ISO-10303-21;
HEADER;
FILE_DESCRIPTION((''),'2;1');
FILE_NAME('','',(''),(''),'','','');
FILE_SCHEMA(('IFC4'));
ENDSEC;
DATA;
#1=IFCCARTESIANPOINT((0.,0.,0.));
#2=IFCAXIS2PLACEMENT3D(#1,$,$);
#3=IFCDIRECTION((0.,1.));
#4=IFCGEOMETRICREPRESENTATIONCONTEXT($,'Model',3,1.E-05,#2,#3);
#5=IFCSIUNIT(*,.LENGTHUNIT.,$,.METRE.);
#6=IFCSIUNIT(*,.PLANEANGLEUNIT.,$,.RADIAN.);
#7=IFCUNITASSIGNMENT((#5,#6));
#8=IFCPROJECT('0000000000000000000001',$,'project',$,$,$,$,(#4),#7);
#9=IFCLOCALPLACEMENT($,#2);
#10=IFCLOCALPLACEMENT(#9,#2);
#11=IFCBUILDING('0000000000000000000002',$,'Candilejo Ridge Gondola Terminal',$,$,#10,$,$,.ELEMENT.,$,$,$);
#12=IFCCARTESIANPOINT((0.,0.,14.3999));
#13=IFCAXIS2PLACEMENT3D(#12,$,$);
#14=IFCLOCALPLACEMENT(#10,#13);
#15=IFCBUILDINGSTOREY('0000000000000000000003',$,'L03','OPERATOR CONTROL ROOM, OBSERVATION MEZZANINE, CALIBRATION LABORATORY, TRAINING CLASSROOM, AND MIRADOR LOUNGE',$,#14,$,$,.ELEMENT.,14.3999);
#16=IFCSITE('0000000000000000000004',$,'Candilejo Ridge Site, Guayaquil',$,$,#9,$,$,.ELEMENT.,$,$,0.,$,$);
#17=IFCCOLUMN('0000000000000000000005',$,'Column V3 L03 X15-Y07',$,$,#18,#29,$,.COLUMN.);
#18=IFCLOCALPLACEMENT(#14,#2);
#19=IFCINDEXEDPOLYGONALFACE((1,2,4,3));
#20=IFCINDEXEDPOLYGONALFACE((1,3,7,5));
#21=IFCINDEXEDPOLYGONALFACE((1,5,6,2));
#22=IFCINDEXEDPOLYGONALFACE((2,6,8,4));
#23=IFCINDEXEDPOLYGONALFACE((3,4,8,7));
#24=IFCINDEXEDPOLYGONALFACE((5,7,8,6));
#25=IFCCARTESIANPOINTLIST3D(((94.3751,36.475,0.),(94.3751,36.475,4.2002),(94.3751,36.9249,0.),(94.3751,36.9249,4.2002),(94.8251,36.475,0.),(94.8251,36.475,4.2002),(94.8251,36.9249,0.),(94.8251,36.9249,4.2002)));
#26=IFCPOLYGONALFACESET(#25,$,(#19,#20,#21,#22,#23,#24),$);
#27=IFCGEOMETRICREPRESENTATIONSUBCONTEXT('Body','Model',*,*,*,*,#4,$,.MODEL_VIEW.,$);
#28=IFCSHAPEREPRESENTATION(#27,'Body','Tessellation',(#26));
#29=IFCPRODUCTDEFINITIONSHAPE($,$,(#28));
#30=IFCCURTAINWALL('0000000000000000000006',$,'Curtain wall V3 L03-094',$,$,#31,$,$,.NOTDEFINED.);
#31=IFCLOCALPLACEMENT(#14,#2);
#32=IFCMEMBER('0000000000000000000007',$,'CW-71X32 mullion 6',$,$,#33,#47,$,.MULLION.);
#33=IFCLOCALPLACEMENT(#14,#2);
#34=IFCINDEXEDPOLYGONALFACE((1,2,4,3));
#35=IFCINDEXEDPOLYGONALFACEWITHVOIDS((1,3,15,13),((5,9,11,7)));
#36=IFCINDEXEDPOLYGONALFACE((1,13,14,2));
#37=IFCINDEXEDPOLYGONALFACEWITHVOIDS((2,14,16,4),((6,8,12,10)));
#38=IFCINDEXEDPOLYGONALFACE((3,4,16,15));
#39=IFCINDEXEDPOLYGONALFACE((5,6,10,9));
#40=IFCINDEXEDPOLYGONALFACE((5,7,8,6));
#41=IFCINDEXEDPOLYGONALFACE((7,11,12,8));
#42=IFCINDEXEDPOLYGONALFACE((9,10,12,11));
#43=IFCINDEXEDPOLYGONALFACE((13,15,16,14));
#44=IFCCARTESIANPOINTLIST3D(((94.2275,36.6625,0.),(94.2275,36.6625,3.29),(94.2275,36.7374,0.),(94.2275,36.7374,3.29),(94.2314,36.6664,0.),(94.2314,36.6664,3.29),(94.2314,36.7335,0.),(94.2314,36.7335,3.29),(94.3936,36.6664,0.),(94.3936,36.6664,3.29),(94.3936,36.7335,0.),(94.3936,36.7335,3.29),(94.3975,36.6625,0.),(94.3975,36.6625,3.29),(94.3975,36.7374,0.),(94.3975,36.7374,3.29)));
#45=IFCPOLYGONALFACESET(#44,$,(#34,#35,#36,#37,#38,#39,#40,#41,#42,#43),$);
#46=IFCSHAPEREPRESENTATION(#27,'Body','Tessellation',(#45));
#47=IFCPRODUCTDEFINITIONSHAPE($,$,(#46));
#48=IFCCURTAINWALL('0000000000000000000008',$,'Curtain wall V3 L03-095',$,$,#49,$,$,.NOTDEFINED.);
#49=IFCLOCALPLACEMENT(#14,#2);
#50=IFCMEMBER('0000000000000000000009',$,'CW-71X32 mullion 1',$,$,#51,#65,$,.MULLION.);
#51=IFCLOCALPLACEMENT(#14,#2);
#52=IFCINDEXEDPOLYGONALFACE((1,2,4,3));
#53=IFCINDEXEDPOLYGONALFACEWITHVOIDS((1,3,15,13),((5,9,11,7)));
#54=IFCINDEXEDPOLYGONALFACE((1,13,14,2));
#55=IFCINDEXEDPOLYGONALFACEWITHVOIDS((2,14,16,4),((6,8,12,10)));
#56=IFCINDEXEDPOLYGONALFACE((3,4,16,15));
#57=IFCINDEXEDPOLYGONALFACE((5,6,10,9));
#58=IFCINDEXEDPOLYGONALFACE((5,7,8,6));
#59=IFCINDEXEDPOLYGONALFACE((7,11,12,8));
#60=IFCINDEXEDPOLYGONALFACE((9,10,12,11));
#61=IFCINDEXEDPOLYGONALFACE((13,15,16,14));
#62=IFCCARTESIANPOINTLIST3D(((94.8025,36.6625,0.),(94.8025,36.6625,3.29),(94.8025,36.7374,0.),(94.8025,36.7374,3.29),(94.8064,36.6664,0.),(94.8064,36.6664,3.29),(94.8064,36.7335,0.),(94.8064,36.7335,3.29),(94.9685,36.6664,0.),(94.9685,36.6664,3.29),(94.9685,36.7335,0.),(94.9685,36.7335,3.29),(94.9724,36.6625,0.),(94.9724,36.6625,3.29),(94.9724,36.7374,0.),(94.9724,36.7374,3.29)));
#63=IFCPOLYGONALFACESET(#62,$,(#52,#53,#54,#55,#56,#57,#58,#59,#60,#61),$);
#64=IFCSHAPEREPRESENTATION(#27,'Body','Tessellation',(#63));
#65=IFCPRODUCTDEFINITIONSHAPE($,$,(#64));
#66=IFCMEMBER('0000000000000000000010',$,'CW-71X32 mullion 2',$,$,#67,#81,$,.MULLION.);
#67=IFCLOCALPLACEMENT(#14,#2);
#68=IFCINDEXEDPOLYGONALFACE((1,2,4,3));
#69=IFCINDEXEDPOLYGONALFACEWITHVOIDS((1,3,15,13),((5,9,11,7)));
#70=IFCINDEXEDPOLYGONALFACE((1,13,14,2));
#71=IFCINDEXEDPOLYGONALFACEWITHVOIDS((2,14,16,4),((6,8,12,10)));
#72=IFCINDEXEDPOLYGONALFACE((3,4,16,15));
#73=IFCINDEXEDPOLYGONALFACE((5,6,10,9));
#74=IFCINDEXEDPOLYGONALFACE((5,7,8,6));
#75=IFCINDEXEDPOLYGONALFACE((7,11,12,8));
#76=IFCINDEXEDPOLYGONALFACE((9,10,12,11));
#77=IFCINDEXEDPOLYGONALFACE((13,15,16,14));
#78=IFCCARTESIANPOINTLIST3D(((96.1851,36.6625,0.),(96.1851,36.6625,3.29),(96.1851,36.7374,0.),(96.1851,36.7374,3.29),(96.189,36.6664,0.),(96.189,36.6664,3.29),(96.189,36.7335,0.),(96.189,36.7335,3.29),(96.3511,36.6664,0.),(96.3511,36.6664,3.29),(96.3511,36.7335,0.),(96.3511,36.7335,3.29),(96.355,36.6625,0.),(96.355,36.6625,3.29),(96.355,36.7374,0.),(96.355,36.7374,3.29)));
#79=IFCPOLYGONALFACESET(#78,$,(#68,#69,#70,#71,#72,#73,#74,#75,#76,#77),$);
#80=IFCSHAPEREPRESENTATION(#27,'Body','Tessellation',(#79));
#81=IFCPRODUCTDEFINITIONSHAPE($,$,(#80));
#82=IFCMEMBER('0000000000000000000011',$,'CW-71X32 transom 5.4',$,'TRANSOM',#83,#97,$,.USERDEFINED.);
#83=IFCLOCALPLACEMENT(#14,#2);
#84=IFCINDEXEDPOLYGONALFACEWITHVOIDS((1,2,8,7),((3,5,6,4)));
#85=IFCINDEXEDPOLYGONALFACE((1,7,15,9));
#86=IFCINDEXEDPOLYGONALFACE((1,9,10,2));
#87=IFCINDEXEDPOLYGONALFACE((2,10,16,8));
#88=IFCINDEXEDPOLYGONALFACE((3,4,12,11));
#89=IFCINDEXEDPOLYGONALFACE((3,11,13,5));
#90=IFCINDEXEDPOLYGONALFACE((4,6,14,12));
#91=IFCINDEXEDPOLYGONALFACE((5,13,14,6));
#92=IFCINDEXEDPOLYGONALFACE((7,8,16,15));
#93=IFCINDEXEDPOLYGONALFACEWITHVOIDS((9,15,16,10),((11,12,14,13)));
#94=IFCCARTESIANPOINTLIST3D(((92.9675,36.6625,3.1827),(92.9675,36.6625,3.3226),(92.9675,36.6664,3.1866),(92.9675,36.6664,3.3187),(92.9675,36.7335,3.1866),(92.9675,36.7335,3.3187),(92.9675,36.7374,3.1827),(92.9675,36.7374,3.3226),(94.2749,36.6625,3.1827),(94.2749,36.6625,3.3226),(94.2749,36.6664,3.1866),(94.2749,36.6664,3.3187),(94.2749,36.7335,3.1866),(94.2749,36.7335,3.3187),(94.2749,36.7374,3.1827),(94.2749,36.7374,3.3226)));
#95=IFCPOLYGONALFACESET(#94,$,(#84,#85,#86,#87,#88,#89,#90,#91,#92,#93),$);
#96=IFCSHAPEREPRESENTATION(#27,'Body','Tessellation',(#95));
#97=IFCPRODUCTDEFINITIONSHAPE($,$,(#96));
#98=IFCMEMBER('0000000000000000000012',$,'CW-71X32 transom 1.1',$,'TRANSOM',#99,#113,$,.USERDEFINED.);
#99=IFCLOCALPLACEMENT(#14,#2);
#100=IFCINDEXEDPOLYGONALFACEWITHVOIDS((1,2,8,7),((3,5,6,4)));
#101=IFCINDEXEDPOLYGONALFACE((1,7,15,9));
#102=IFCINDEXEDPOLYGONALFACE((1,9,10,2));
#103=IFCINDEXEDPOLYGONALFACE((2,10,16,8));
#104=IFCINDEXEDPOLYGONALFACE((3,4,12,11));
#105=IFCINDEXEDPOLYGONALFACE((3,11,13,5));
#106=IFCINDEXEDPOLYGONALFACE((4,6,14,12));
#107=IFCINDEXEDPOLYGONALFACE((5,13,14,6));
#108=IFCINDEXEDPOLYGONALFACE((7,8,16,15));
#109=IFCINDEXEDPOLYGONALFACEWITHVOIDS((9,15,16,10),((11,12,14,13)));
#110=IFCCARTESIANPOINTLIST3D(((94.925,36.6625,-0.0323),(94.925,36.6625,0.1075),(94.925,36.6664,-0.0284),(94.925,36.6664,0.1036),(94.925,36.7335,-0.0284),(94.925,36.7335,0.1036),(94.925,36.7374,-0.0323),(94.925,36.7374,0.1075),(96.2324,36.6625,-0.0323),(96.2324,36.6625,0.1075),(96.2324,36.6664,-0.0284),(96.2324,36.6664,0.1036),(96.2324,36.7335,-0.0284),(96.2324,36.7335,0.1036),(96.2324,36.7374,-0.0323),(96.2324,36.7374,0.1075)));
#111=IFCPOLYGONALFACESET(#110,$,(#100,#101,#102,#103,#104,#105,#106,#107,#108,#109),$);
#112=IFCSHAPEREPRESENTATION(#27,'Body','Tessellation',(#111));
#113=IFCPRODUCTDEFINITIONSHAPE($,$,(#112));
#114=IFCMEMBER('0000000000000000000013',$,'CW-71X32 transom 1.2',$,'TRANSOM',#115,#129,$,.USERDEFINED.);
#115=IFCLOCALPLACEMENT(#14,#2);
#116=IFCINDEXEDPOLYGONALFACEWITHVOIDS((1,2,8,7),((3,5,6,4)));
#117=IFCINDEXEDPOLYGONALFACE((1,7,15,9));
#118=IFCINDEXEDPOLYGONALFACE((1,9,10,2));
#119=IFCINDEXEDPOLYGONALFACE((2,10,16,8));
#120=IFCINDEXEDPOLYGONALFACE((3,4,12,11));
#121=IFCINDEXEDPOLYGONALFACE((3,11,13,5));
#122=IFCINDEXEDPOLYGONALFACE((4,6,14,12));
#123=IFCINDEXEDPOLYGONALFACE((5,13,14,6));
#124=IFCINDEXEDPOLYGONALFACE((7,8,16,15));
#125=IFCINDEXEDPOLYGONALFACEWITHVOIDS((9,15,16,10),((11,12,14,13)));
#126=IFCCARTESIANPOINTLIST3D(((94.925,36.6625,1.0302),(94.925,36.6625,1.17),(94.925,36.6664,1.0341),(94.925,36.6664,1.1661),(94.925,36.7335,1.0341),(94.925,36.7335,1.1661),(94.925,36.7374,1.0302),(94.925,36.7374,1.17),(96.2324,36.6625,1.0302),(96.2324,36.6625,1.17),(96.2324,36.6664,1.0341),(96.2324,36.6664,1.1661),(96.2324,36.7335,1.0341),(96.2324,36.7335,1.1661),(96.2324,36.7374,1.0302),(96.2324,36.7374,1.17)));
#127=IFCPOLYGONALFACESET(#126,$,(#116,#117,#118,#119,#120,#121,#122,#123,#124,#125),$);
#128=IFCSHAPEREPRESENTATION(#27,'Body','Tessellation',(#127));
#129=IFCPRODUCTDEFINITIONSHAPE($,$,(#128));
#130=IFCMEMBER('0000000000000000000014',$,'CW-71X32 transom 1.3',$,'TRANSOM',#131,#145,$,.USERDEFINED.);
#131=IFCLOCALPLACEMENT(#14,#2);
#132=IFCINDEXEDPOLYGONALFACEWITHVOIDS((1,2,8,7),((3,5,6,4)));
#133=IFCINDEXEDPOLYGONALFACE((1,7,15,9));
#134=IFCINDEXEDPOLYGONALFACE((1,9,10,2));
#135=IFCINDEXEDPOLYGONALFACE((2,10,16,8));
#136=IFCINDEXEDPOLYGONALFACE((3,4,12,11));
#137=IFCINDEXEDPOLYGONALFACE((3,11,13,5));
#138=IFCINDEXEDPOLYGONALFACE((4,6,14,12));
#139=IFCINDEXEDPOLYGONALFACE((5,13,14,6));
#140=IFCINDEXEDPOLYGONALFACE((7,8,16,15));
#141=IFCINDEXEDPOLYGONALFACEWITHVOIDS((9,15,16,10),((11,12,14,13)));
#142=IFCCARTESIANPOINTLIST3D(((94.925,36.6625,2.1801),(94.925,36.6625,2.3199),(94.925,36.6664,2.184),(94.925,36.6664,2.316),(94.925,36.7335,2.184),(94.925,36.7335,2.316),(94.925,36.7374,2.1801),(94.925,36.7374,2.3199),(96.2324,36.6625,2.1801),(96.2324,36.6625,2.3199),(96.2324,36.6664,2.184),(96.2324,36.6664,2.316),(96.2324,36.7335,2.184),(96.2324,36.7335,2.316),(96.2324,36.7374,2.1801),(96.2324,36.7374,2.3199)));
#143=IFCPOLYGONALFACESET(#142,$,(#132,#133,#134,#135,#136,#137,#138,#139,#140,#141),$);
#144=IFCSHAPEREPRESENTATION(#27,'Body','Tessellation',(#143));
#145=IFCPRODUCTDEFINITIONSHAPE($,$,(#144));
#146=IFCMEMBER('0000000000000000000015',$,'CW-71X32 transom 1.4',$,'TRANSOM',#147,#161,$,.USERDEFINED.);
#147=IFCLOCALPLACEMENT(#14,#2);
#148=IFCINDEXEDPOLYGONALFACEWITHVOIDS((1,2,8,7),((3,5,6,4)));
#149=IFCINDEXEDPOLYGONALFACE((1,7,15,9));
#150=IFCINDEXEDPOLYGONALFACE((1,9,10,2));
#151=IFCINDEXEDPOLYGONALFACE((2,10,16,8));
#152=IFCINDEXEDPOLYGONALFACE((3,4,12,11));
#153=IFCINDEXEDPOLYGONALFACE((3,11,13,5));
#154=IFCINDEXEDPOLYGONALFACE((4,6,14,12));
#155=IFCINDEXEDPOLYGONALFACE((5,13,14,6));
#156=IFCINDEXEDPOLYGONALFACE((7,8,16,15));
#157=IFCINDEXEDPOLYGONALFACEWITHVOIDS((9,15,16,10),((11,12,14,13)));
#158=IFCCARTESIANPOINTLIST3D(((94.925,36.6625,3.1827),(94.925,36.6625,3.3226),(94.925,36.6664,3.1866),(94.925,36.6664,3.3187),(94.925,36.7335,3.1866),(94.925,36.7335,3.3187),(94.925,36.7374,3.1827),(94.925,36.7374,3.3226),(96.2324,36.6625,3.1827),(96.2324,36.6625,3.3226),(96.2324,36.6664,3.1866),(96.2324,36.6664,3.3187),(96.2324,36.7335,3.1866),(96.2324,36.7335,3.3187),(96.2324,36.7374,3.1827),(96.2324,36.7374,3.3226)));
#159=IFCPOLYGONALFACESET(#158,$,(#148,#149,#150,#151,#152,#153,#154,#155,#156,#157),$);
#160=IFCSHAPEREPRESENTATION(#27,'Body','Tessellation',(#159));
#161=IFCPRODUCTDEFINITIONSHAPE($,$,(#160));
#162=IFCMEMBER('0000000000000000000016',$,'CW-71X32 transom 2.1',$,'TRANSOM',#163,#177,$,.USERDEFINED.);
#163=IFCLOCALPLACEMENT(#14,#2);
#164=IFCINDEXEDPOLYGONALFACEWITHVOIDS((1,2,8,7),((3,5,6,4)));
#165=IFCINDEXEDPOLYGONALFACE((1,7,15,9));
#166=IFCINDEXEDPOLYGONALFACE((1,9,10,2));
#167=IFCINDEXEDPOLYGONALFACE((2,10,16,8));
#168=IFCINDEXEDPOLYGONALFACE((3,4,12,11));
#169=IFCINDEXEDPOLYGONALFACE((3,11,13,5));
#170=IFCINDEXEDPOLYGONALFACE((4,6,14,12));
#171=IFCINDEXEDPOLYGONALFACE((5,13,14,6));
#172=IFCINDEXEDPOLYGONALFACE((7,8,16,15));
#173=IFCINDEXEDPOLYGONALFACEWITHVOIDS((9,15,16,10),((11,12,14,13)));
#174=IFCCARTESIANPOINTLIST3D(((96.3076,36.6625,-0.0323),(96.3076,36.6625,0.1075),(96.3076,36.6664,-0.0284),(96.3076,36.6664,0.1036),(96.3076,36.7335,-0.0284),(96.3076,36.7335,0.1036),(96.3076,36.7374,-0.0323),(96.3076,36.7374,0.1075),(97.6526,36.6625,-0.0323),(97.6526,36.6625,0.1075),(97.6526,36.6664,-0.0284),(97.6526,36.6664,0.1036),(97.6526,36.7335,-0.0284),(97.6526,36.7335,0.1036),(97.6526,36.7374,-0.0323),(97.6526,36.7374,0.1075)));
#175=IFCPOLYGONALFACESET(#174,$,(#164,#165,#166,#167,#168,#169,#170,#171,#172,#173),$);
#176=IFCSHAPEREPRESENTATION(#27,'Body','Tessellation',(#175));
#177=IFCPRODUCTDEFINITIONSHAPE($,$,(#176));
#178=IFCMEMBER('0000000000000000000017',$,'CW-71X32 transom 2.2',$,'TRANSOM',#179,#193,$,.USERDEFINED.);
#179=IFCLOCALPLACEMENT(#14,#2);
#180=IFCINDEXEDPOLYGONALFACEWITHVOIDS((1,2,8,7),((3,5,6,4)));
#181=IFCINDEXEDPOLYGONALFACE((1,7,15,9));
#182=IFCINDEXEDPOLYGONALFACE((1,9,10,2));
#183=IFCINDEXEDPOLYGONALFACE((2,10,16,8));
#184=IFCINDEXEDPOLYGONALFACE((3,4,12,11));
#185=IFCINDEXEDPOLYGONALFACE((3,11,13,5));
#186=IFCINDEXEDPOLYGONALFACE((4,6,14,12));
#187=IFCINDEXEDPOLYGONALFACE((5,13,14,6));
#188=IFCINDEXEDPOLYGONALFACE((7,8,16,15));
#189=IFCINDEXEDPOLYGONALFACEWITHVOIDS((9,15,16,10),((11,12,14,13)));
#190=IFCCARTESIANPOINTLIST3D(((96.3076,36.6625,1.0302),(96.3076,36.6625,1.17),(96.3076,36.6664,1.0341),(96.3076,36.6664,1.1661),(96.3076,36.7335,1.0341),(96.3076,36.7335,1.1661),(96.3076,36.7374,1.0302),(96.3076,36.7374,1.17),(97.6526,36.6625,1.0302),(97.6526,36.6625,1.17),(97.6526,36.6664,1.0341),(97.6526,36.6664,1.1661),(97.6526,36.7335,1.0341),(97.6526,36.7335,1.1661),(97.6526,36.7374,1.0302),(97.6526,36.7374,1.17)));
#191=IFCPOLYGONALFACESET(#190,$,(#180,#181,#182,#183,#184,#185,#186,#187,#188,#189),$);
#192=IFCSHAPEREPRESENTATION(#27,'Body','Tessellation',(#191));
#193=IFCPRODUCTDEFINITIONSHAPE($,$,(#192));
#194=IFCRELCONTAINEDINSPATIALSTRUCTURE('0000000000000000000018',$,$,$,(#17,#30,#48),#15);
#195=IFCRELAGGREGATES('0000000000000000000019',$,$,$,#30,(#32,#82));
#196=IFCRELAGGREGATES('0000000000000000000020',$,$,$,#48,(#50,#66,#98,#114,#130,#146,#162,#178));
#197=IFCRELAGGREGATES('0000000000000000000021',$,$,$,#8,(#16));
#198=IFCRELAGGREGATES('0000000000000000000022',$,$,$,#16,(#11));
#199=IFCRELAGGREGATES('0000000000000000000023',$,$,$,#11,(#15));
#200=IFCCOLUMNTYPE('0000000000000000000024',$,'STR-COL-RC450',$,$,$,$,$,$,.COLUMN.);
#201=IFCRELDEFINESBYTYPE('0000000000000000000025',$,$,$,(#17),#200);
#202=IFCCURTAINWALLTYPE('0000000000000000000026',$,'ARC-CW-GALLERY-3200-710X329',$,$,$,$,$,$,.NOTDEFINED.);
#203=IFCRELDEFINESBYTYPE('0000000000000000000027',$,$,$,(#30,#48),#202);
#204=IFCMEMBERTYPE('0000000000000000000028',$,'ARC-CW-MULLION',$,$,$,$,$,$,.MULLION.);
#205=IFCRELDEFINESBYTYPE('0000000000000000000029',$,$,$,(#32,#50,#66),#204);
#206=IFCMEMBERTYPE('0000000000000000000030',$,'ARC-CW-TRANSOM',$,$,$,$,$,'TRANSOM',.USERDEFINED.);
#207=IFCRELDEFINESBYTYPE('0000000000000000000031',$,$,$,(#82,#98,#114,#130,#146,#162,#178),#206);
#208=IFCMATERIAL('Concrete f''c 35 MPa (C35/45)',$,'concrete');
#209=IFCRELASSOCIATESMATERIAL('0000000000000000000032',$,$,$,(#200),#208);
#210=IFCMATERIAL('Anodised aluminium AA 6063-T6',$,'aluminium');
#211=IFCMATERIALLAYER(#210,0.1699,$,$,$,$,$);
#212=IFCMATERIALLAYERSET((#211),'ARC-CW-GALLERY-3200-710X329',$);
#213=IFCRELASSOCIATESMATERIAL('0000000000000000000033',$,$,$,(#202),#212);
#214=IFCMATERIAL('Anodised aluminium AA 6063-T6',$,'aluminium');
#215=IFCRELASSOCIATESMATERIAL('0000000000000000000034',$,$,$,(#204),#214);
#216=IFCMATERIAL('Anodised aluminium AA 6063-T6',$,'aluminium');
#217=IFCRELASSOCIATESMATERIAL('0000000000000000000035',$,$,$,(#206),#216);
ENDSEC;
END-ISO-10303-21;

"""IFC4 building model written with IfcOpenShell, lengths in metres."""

from ifc_helpers import new_model, si_unit, direction, frame, origin, origin_2d, place, context, subcontext, project, spatial, rectangle, hollow_rectangle, extrude, material, layer, layer_set, material_profile, profile_set, type_object, element, aggregate, save


model = new_model("IFC4")

# Units and contexts
model_context = context("Model", 3, precision=1e-05, world=origin(), true_north=direction((0.0, 1.0)))
body_context = subcontext(model_context, "Body", "Model", "MODEL_VIEW")
ifc_project = project(units=[si_unit("LENGTHUNIT", "METRE"), si_unit("PLANEANGLEUNIT", "RADIAN")], contexts=[model_context])

# Site, building, storey
site_placement = place(None, origin())
site = spatial("IfcSite", under=ifc_project, at=site_placement, Name="Candilejo Ridge Site, Guayaquil", CompositionType="ELEMENT", RefElevation=0.0)
building_placement = place(site_placement, origin())
building = spatial("IfcBuilding", under=site, at=building_placement, Name="Candilejo Ridge Gondola Terminal", CompositionType="ELEMENT")
storey_placement = place(building_placement, frame((0.0, 0.0, 14.3999)))
storey = spatial("IfcBuildingStorey", under=building, at=storey_placement, Name="L03", Description="OPERATOR CONTROL ROOM, OBSERVATION MEZZANINE, CALIBRATION LABORATORY, TRAINING CLASSROOM, AND MIRADOR LOUNGE", CompositionType="ELEMENT", Elevation=14.3999)

# Column
ifc_material_1 = material(Name="Concrete f'c 35 MPa (C35/45)", Category="concrete")
ifc_material_profile_1 = material_profile(ifc_material_1, rectangle(XDim=0.45, YDim=0.45, at=origin_2d()))
ifc_profile_set_1 = profile_set([ifc_material_profile_1], Name="Concrete f'c 35 MPa (C35/45)")
column_type = type_object("IfcColumnType", Name="STR-COL-RC450", PredefinedType="COLUMN", material=ifc_profile_set_1)
column_placement = place(storey_placement, frame((94.6001, 36.7, 0.0), z_axis=(0.0, 0.0, 1.0), x_axis=(1.0, 0.0, 0.0)))
element("IfcColumn", 1, at=column_placement, inside=storey, type_object=column_type, Name="Column V3 L03 X15-Y07", PredefinedType="COLUMN", context=body_context, shape_type="SweptSolid", body=[
    extrude(rectangle(XDim=0.45, YDim=0.45, at=origin_2d()), origin(), (0.0, 0.0, 1.0), 4.2002),
])

# Curtain wall, member
ifc_material_2 = material(Name="Anodised aluminium AA 6063-T6", Category="aluminium")
ifc_layer_1 = layer(ifc_material_2, 0.1699)
ifc_layer_set_1 = layer_set([ifc_layer_1], Name="ARC-CW-GALLERY-3200-710X329")
curtain_wall_type = type_object("IfcCurtainWallType", Name="ARC-CW-GALLERY-3200-710X329", PredefinedType="NOTDEFINED", material=ifc_layer_set_1)
curtain_wall_1_placement = place(storey_placement, origin())
curtain_wall_1 = element("IfcCurtainWall", 2, at=curtain_wall_1_placement, inside=storey, type_object=curtain_wall_type, Name="Curtain wall V3 L03-094", PredefinedType="NOTDEFINED")
ifc_material_3 = material(Name="Anodised aluminium AA 6063-T6", Category="aluminium")
ifc_material_profile_2 = material_profile(ifc_material_3, hollow_rectangle(XDim=0.075, YDim=0.1699, WallThickness=0.0039, at=origin_2d()))
ifc_profile_set_2 = profile_set([ifc_material_profile_2], Name="Anodised aluminium AA 6063-T6")
member_type_1 = type_object("IfcMemberType", Name="ARC-CW-MULLION", PredefinedType="MULLION", material=ifc_profile_set_2)
member_1_placement = place(storey_placement, frame((94.3125, 36.7, 0.0), z_axis=(0.0, 0.0, 1.0), x_axis=(0.0, 1.0, 0.0)))
member_1 = element("IfcMember", 3, at=member_1_placement, type_object=member_type_1, Name="CW-71X32 mullion 6", PredefinedType="MULLION", context=body_context, shape_type="SweptSolid", body=[
    extrude(hollow_rectangle(XDim=0.075, YDim=0.1699, WallThickness=0.0039, at=origin_2d()), origin(), (0.0, 0.0, 1.0), 3.29),
])

# Curtain wall, members
curtain_wall_2_placement = place(storey_placement, origin())
curtain_wall_2 = element("IfcCurtainWall", 4, at=curtain_wall_2_placement, inside=storey, type_object=curtain_wall_type, Name="Curtain wall V3 L03-095", PredefinedType="NOTDEFINED")
member_2_placement = place(storey_placement, frame((94.8875, 36.7, 0.0), z_axis=(0.0, 0.0, 1.0), x_axis=(0.0, 1.0, 0.0)))
member_2 = element("IfcMember", 5, at=member_2_placement, type_object=member_type_1, Name="CW-71X32 mullion 1", PredefinedType="MULLION", context=body_context, shape_type="SweptSolid", body=[
    extrude(hollow_rectangle(XDim=0.075, YDim=0.1699, WallThickness=0.0039, at=origin_2d()), origin(), (0.0, 0.0, 1.0), 3.29),
])
member_3_placement = place(storey_placement, frame((96.27, 36.7, 0.0), z_axis=(0.0, 0.0, 1.0), x_axis=(0.0, 1.0, 0.0)))
member_3 = element("IfcMember", 6, at=member_3_placement, type_object=member_type_1, Name="CW-71X32 mullion 2", PredefinedType="MULLION", context=body_context, shape_type="SweptSolid", body=[
    extrude(hollow_rectangle(XDim=0.075, YDim=0.1699, WallThickness=0.0039, at=origin_2d()), origin(), (0.0, 0.0, 1.0), 3.29),
])

# Members
ifc_material_4 = material(Name="Anodised aluminium AA 6063-T6", Category="aluminium")
ifc_material_profile_3 = material_profile(ifc_material_4, hollow_rectangle(XDim=0.075, YDim=0.1399, WallThickness=0.0039, at=origin_2d()))
ifc_profile_set_3 = profile_set([ifc_material_profile_3], Name="Anodised aluminium AA 6063-T6")
member_type_2 = type_object("IfcMemberType", Name="ARC-CW-TRANSOM", ElementType="TRANSOM", PredefinedType="USERDEFINED", material=ifc_profile_set_3)
member_4_placement = place(storey_placement, frame((92.9675, 36.7, 3.2527), z_axis=(1.0, 0.0, 0.0), x_axis=(0.0, 1.0, 0.0)))
member_4 = element("IfcMember", 7, at=member_4_placement, type_object=member_type_2, Name="CW-71X32 transom 5.4", ObjectType="TRANSOM", PredefinedType="USERDEFINED", context=body_context, shape_type="SweptSolid", body=[
    extrude(hollow_rectangle(XDim=0.075, YDim=0.1399, WallThickness=0.0039, at=origin_2d()), origin(), (0.0, 0.0, 1.0), 1.3074),
])
member_5_placement = place(storey_placement, frame((94.925, 36.7, 0.0376), z_axis=(1.0, 0.0, 0.0), x_axis=(0.0, 1.0, 0.0)))
member_5 = element("IfcMember", 8, at=member_5_placement, type_object=member_type_2, Name="CW-71X32 transom 1.1", ObjectType="TRANSOM", PredefinedType="USERDEFINED", context=body_context, shape_type="SweptSolid", body=[
    extrude(hollow_rectangle(XDim=0.075, YDim=0.1399, WallThickness=0.0039, at=origin_2d()), origin(), (0.0, 0.0, 1.0), 1.3074),
])
member_6_placement = place(storey_placement, frame((94.925, 36.7, 1.1001), z_axis=(1.0, 0.0, 0.0), x_axis=(0.0, 1.0, 0.0)))
member_6 = element("IfcMember", 9, at=member_6_placement, type_object=member_type_2, Name="CW-71X32 transom 1.2", ObjectType="TRANSOM", PredefinedType="USERDEFINED", context=body_context, shape_type="SweptSolid", body=[
    extrude(hollow_rectangle(XDim=0.075, YDim=0.1399, WallThickness=0.0039, at=origin_2d()), origin(), (0.0, 0.0, 1.0), 1.3074),
])
member_7_placement = place(storey_placement, frame((94.925, 36.7, 2.25), z_axis=(1.0, 0.0, 0.0), x_axis=(0.0, 1.0, 0.0)))
member_7 = element("IfcMember", 10, at=member_7_placement, type_object=member_type_2, Name="CW-71X32 transom 1.3", ObjectType="TRANSOM", PredefinedType="USERDEFINED", context=body_context, shape_type="SweptSolid", body=[
    extrude(hollow_rectangle(XDim=0.075, YDim=0.1399, WallThickness=0.0039, at=origin_2d()), origin(), (0.0, 0.0, 1.0), 1.3074),
])
member_8_placement = place(storey_placement, frame((94.925, 36.7, 3.2527), z_axis=(1.0, 0.0, 0.0), x_axis=(0.0, 1.0, 0.0)))
member_8 = element("IfcMember", 11, at=member_8_placement, type_object=member_type_2, Name="CW-71X32 transom 1.4", ObjectType="TRANSOM", PredefinedType="USERDEFINED", context=body_context, shape_type="SweptSolid", body=[
    extrude(hollow_rectangle(XDim=0.075, YDim=0.1399, WallThickness=0.0039, at=origin_2d()), origin(), (0.0, 0.0, 1.0), 1.3074),
])
member_9_placement = place(storey_placement, frame((96.3076, 36.7, 0.0376), z_axis=(1.0, 0.0, 0.0), x_axis=(0.0, 1.0, 0.0)))
member_9 = element("IfcMember", 12, at=member_9_placement, type_object=member_type_2, Name="CW-71X32 transom 2.1", ObjectType="TRANSOM", PredefinedType="USERDEFINED", context=body_context, shape_type="SweptSolid", body=[
    extrude(hollow_rectangle(XDim=0.075, YDim=0.1399, WallThickness=0.0039, at=origin_2d()), origin(), (0.0, 0.0, 1.0), 1.345),
])
member_10_placement = place(storey_placement, frame((96.3076, 36.7, 1.1001), z_axis=(1.0, 0.0, 0.0), x_axis=(0.0, 1.0, 0.0)))
member_10 = element("IfcMember", 13, at=member_10_placement, type_object=member_type_2, Name="CW-71X32 transom 2.2", ObjectType="TRANSOM", PredefinedType="USERDEFINED", context=body_context, shape_type="SweptSolid", body=[
    extrude(hollow_rectangle(XDim=0.075, YDim=0.1399, WallThickness=0.0039, at=origin_2d()), origin(), (0.0, 0.0, 1.0), 1.345),
])

aggregate(curtain_wall_1, [member_1, member_4])
aggregate(curtain_wall_2, [member_2, member_3, member_5, member_6, member_7, member_8, member_9, member_10])

save(model, "model.ifc")
